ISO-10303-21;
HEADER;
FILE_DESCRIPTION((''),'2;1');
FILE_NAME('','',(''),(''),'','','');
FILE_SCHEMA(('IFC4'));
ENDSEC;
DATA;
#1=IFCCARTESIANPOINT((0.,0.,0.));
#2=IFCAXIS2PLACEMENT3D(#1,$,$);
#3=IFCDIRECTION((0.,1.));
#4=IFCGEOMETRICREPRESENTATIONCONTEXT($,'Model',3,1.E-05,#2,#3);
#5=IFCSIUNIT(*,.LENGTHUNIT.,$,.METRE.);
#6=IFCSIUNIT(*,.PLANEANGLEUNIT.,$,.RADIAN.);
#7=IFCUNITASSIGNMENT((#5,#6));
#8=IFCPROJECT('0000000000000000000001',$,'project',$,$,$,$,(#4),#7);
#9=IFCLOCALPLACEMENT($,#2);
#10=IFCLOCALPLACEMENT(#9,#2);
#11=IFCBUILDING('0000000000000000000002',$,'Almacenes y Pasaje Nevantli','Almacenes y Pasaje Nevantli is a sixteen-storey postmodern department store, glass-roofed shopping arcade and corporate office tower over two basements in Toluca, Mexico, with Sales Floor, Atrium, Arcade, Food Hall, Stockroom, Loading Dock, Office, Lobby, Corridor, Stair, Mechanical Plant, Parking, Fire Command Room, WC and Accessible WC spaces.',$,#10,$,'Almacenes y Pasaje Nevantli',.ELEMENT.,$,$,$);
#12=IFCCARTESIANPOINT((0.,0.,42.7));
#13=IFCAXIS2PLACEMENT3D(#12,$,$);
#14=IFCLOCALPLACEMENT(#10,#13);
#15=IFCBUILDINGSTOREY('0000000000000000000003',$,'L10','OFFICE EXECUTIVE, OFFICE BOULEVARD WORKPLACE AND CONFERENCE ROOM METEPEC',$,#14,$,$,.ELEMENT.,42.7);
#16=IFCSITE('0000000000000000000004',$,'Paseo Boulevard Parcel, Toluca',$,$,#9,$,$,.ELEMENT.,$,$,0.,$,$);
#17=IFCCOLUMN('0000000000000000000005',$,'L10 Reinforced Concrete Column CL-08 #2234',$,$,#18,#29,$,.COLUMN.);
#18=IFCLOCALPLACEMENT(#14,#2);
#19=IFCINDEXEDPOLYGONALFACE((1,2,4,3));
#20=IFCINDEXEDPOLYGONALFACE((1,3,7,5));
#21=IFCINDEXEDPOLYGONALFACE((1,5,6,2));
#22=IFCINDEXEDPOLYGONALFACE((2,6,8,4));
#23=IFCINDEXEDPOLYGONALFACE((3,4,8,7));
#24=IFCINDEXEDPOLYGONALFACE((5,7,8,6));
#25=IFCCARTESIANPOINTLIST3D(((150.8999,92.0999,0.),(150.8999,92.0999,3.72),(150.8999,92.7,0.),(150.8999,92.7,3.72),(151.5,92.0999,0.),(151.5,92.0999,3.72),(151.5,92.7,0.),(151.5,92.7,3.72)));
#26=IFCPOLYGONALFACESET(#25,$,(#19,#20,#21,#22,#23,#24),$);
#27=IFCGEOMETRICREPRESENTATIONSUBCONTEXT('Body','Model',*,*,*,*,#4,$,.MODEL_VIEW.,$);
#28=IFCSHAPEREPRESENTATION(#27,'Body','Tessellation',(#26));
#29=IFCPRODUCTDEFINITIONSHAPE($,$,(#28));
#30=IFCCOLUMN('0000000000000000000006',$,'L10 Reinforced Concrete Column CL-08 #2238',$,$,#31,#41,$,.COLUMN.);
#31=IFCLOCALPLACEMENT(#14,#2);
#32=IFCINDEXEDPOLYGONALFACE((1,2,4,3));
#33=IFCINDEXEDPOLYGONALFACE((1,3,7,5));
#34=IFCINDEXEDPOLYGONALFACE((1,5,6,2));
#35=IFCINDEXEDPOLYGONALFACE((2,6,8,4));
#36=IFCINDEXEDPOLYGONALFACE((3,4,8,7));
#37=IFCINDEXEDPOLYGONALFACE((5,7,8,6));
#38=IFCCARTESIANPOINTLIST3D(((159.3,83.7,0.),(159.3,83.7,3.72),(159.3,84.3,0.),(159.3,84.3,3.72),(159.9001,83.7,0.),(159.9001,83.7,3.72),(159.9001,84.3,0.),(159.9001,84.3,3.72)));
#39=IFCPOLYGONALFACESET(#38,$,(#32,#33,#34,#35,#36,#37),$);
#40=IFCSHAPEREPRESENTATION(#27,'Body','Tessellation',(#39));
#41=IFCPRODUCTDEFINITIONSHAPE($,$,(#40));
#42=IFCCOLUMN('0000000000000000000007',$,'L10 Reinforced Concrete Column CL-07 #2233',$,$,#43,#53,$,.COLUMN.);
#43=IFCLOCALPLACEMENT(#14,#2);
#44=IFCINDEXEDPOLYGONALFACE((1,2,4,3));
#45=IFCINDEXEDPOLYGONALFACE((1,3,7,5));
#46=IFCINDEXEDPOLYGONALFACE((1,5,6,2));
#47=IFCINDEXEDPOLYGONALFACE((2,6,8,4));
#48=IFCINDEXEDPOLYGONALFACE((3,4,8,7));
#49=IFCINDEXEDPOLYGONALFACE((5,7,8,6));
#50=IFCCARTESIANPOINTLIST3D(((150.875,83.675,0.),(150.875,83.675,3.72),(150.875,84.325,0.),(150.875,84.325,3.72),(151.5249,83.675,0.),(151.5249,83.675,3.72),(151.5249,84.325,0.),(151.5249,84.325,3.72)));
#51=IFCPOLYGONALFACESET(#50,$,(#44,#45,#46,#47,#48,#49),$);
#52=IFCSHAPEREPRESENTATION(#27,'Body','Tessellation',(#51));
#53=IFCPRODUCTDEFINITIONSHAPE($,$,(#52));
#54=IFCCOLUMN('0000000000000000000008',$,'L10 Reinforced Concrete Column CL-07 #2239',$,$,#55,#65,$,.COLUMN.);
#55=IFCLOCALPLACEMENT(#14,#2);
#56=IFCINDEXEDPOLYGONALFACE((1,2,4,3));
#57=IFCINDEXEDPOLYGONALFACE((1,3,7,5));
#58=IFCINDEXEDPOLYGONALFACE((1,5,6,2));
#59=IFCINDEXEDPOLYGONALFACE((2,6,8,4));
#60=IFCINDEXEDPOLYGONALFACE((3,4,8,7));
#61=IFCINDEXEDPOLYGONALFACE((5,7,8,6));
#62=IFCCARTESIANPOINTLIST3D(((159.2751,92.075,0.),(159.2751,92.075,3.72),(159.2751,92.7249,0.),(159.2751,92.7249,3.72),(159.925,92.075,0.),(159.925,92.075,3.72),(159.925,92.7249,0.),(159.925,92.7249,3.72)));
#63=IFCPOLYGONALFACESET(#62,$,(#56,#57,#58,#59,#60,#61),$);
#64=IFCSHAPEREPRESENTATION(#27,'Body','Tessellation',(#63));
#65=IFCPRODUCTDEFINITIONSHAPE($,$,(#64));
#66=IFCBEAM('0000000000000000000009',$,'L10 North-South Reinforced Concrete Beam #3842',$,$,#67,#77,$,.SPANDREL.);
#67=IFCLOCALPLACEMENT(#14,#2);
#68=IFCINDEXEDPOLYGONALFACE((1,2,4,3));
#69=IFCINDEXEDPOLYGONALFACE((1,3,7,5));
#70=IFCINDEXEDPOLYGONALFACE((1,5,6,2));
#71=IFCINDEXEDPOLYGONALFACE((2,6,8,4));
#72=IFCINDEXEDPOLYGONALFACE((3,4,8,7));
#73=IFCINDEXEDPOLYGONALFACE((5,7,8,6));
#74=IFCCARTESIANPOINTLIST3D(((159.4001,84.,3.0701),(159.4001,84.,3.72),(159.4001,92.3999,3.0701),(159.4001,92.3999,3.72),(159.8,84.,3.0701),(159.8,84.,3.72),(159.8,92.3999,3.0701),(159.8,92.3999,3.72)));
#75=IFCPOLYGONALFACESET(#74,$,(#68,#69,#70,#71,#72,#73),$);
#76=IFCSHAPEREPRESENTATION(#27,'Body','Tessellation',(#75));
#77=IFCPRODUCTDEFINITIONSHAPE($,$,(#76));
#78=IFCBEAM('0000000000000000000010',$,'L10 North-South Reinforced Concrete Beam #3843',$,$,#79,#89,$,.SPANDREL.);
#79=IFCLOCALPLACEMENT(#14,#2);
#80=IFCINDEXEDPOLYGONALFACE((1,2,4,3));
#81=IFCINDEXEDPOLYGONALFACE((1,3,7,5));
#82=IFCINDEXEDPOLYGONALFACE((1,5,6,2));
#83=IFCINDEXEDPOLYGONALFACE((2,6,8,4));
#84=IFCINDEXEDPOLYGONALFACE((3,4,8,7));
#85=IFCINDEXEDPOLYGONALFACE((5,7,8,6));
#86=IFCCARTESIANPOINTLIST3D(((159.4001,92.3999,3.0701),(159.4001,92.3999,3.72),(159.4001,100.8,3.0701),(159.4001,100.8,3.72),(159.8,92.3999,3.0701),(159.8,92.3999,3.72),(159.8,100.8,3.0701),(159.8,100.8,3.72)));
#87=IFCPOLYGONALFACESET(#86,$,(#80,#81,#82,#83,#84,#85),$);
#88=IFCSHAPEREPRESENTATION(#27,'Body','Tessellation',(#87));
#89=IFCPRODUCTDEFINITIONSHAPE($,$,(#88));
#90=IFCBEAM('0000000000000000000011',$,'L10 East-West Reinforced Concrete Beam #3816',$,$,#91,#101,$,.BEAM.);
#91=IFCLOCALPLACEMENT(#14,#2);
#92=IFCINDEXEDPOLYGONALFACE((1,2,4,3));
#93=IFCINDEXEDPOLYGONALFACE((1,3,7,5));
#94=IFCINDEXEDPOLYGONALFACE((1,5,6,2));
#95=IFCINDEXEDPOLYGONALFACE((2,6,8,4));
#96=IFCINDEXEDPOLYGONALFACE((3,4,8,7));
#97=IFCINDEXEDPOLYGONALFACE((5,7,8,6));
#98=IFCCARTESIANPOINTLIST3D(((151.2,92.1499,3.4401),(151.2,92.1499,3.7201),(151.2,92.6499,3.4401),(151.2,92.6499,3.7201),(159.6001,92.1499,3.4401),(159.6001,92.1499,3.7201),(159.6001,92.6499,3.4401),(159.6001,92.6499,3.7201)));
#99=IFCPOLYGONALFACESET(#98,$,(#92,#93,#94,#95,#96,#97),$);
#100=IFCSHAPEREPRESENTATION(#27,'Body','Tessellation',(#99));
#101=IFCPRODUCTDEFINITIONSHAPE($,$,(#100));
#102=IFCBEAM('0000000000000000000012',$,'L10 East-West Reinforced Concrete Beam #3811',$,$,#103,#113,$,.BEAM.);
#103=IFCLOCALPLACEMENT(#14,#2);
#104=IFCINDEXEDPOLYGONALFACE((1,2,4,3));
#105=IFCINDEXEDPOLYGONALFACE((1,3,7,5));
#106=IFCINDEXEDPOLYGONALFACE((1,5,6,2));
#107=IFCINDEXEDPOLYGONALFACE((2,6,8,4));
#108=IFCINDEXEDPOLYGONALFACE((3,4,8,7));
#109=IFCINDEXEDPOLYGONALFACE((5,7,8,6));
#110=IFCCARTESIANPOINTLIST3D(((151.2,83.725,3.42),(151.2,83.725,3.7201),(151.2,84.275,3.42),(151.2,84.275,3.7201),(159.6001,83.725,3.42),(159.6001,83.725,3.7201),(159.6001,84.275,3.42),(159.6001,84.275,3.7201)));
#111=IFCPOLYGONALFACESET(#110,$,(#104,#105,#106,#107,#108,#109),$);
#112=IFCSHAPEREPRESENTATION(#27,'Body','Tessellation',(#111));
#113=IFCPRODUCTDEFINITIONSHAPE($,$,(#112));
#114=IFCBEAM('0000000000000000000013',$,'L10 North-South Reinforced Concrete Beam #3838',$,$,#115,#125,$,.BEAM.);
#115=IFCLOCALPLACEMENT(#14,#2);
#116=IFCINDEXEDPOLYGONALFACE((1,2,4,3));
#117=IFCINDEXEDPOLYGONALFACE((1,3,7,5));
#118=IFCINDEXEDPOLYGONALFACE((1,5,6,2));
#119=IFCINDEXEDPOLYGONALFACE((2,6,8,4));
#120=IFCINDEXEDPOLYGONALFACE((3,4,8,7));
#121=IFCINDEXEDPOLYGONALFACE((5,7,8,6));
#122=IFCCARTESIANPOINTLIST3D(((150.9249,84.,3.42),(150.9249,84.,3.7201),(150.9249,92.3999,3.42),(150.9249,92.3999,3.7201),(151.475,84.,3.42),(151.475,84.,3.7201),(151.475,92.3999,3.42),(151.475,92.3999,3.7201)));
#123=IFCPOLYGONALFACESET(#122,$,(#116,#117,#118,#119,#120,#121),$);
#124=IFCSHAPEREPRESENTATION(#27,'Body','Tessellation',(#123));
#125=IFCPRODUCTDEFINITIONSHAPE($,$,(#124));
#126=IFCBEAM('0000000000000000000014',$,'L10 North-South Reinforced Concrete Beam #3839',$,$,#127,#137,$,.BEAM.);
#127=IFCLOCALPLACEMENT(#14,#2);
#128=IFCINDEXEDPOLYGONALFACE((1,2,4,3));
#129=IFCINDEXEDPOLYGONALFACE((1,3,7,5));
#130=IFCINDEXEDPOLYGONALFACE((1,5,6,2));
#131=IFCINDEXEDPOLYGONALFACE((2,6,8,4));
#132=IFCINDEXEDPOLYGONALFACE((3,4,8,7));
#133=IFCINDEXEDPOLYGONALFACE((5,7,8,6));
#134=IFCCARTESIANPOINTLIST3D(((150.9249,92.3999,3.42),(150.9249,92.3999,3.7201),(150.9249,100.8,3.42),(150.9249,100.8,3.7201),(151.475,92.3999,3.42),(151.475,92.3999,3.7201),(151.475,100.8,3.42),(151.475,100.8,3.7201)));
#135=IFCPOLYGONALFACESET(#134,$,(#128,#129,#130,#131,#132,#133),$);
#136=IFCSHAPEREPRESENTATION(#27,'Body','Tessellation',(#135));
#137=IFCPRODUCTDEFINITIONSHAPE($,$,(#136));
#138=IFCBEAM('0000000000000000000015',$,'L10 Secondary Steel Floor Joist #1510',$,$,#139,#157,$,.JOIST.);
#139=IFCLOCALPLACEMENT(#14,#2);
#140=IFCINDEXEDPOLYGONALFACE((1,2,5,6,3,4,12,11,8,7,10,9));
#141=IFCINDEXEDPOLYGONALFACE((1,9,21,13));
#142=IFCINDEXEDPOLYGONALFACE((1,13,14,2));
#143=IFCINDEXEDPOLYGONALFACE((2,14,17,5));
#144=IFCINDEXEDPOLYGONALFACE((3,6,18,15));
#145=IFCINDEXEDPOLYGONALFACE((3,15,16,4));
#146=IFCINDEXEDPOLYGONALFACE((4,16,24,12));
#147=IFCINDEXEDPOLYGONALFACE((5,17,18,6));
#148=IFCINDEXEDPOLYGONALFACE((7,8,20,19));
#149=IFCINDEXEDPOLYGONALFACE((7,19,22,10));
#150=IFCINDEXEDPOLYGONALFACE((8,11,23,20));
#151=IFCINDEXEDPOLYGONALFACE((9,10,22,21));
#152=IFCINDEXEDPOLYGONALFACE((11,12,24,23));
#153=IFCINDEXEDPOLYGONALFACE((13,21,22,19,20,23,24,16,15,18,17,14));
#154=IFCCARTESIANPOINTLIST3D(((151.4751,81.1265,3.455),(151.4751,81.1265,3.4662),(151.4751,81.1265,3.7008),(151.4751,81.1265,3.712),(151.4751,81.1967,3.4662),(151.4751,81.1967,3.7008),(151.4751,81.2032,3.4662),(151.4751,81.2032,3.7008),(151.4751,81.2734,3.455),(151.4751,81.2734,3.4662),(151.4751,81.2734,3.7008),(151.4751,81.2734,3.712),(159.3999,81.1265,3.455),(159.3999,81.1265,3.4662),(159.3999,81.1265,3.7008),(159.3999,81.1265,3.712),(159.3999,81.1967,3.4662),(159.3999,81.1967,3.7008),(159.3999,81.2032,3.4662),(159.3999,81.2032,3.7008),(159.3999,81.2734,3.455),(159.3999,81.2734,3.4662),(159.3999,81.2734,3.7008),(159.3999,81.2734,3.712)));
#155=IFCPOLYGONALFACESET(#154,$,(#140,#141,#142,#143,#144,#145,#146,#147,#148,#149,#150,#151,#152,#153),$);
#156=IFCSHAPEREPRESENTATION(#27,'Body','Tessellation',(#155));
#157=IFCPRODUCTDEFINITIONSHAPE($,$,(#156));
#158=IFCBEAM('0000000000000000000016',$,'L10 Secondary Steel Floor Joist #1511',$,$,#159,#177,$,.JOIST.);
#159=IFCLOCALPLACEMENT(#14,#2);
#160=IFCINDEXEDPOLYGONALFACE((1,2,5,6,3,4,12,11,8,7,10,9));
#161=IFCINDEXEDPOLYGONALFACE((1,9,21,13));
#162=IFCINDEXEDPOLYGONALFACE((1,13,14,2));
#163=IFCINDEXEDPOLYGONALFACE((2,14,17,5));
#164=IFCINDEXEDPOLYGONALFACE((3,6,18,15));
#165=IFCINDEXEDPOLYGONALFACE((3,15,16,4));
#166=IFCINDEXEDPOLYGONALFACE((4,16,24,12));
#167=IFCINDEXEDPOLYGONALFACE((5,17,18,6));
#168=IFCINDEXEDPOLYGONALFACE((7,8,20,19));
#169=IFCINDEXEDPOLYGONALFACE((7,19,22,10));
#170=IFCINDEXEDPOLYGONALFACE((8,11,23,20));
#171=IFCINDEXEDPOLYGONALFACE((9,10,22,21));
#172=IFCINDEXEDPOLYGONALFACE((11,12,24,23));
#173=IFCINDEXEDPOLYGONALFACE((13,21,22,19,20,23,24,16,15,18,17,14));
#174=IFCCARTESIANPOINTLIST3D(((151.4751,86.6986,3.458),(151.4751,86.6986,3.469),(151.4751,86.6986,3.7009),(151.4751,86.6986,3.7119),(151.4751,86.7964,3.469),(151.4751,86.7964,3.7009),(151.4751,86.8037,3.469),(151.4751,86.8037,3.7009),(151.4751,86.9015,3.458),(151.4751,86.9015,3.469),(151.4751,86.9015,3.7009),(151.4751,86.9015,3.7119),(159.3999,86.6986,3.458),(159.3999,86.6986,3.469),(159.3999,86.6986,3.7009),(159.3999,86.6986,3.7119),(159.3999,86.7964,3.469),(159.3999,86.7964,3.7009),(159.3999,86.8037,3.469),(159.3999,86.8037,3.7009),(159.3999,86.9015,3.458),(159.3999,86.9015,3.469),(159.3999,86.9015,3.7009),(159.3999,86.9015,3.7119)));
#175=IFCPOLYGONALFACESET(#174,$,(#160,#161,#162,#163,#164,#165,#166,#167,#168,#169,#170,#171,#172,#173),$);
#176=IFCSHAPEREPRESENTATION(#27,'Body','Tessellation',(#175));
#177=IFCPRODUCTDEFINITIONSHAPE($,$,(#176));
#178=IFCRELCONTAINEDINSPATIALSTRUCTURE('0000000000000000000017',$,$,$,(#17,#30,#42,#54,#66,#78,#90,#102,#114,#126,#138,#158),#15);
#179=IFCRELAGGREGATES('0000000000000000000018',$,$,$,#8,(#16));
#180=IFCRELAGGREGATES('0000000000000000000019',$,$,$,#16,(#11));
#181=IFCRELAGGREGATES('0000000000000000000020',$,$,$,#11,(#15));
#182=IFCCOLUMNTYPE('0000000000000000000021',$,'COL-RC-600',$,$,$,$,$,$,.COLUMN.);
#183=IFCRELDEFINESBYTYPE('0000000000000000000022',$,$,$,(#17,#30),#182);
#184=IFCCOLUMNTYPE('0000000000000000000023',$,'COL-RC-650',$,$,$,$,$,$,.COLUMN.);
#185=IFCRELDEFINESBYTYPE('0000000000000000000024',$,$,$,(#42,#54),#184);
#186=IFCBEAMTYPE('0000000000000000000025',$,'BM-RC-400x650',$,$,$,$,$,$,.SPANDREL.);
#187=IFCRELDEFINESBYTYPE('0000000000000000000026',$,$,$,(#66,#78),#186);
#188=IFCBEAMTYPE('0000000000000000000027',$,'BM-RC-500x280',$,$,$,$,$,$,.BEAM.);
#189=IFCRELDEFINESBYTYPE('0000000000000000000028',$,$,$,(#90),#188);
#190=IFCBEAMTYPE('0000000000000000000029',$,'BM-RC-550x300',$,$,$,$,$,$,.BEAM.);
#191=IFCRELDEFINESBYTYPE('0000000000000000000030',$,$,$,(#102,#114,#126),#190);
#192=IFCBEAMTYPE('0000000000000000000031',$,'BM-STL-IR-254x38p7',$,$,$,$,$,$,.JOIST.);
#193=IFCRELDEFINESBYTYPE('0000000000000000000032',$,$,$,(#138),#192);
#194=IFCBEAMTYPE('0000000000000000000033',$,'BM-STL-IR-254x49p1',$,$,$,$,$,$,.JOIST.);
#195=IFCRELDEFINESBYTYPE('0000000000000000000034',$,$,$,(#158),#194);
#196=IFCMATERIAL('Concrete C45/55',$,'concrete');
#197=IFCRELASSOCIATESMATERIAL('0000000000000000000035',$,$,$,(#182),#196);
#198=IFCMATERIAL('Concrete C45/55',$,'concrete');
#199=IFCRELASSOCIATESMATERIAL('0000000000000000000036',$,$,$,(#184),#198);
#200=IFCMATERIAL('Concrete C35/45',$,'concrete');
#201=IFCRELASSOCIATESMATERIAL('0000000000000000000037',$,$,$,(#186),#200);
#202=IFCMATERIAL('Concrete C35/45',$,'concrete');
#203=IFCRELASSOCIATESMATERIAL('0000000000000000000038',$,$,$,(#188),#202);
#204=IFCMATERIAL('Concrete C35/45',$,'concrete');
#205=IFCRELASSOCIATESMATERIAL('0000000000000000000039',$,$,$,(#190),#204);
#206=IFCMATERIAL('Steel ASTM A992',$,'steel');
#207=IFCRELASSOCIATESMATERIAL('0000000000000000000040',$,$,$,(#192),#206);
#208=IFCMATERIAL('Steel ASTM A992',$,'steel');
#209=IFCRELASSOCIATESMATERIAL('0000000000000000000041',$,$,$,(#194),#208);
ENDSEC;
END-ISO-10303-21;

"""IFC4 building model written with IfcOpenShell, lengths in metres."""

from ifc_helpers import new_model, si_unit, direction, frame, origin, origin_2d, place, context, subcontext, project, spatial, rectangle, i_section, extrude, material, material_profile, profile_set, type_object, element, save


model = new_model("IFC4")

# Units and contexts
model_context = context("Model", 3, precision=1e-05, world=origin(), true_north=direction((0.0, 1.0)))
body_context = subcontext(model_context, "Body", "Model", "MODEL_VIEW")
ifc_project = project(units=[si_unit("LENGTHUNIT", "METRE"), si_unit("PLANEANGLEUNIT", "RADIAN")], contexts=[model_context])

# Site, building, storey
site_placement = place(None, origin())
site = spatial("IfcSite", under=ifc_project, at=site_placement, Name="Paseo Boulevard Parcel, Toluca", CompositionType="ELEMENT", RefElevation=0.0)
building_placement = place(site_placement, origin())
building = spatial("IfcBuilding", under=site, at=building_placement, Name="Almacenes y Pasaje Nevantli", Description="Almacenes y Pasaje Nevantli is a sixteen-storey postmodern department store, glass-roofed shopping arcade and corporate office tower over two basements in Toluca, Mexico, with Sales Floor, Atrium, Arcade, Food Hall, Stockroom, Loading Dock, Office, Lobby, Corridor, Stair, Mechanical Plant, Parking, Fire Command Room, WC and Accessible WC spaces.", LongName="Almacenes y Pasaje Nevantli", CompositionType="ELEMENT")
storey_placement = place(building_placement, frame((0.0, 0.0, 42.7)))
storey = spatial("IfcBuildingStorey", under=building, at=storey_placement, Name="L10", Description="OFFICE EXECUTIVE, OFFICE BOULEVARD WORKPLACE AND CONFERENCE ROOM METEPEC", CompositionType="ELEMENT", Elevation=42.7)

# Columns
ifc_material_1 = material(Name="Concrete C45/55", Category="concrete")
ifc_material_profile_1 = material_profile(ifc_material_1, rectangle(XDim=0.6001, YDim=0.6001, at=origin_2d()), Name="RC-COL-600x600")
ifc_profile_set_1 = profile_set([ifc_material_profile_1], Name="Concrete C45/55")
column_type_1 = type_object("IfcColumnType", Name="COL-RC-600", PredefinedType="COLUMN", material=ifc_profile_set_1)
for number, where, z_axis, x_axis, name in (
    (1, (151.2, 92.3999, 0.0), (0.0, 0.0, 1.0), (1.0, 0.0, 0.0), "L10 Reinforced Concrete Column CL-08 #2234"),
    (2, (159.6001, 84.0, 0.0), (0.0, 0.0, 1.0), (1.0, 0.0, 0.0), "L10 Reinforced Concrete Column CL-08 #2238"),
):
    element("IfcColumn", number, at=place(storey_placement, frame(where, z_axis=z_axis, x_axis=x_axis)), inside=storey, type_object=column_type_1, Name=name, PredefinedType="COLUMN", context=body_context, shape_type="SweptSolid", body=[
        extrude(rectangle(XDim=0.6001, YDim=0.6001, at=origin_2d()), origin(), (0.0, 0.0, 1.0), 3.72),
    ])
ifc_material_2 = material(Name="Concrete C45/55", Category="concrete")
ifc_material_profile_2 = material_profile(ifc_material_2, rectangle(XDim=0.6499, YDim=0.6499, at=origin_2d()), Name="RC-COL-650x650")
ifc_profile_set_2 = profile_set([ifc_material_profile_2], Name="Concrete C45/55")
column_type_2 = type_object("IfcColumnType", Name="COL-RC-650", PredefinedType="COLUMN", material=ifc_profile_set_2)
for number, where, z_axis, x_axis, name in (
    (3, (151.2, 84.0, 0.0), (0.0, 0.0, 1.0), (1.0, 0.0, 0.0), "L10 Reinforced Concrete Column CL-07 #2233"),
    (4, (159.6001, 92.3999, 0.0), (0.0, 0.0, 1.0), (1.0, 0.0, 0.0), "L10 Reinforced Concrete Column CL-07 #2239"),
):
    element("IfcColumn", number, at=place(storey_placement, frame(where, z_axis=z_axis, x_axis=x_axis)), inside=storey, type_object=column_type_2, Name=name, PredefinedType="COLUMN", context=body_context, shape_type="SweptSolid", body=[
        extrude(rectangle(XDim=0.6499, YDim=0.6499, at=origin_2d()), origin(), (0.0, 0.0, 1.0), 3.72),
    ])

# Beams
ifc_material_3 = material(Name="Concrete C35/45", Category="concrete")
ifc_material_profile_3 = material_profile(ifc_material_3, rectangle(XDim=0.3999, YDim=0.6499, at=origin_2d()), Name="RC-BM-400x650")
ifc_profile_set_3 = profile_set([ifc_material_profile_3], Name="Concrete C35/45")
beam_type_1 = type_object("IfcBeamType", Name="BM-RC-400x650", PredefinedType="SPANDREL", material=ifc_profile_set_3)
beam_1_placement = place(storey_placement, frame((159.6001, 84.0, 3.395), z_axis=(0.0, 1.0, 0.0), x_axis=(-1.0, 0.0, 0.0)))
element("IfcBeam", 5, at=beam_1_placement, inside=storey, type_object=beam_type_1, Name="L10 North-South Reinforced Concrete Beam #3842", PredefinedType="SPANDREL", context=body_context, shape_type="SweptSolid", body=[
    extrude(rectangle(XDim=0.3999, YDim=0.6499, at=origin_2d()), origin(), (0.0, 0.0, 1.0), 8.3999),
])
beam_2_placement = place(storey_placement, frame((159.6001, 92.3999, 3.395), z_axis=(0.0, 1.0, 0.0), x_axis=(-1.0, 0.0, 0.0)))
element("IfcBeam", 6, at=beam_2_placement, inside=storey, type_object=beam_type_1, Name="L10 North-South Reinforced Concrete Beam #3843", PredefinedType="SPANDREL", context=body_context, shape_type="SweptSolid", body=[
    extrude(rectangle(XDim=0.3999, YDim=0.6499, at=origin_2d()), origin(), (0.0, 0.0, 1.0), 8.4001),
])
ifc_material_4 = material(Name="Concrete C35/45", Category="concrete")
ifc_material_profile_4 = material_profile(ifc_material_4, rectangle(XDim=0.5, YDim=0.28, at=origin_2d()), Name="RC-BM-500x280")
ifc_profile_set_4 = profile_set([ifc_material_profile_4], Name="Concrete C35/45")
beam_type_2 = type_object("IfcBeamType", Name="BM-RC-500x280", PredefinedType="BEAM", material=ifc_profile_set_4)
beam_3_placement = place(storey_placement, frame((151.2, 92.3999, 3.5801), z_axis=(1.0, 0.0, 0.0), x_axis=(0.0, 1.0, 0.0)))
element("IfcBeam", 7, at=beam_3_placement, inside=storey, type_object=beam_type_2, Name="L10 East-West Reinforced Concrete Beam #3816", PredefinedType="BEAM", context=body_context, shape_type="SweptSolid", body=[
    extrude(rectangle(XDim=0.5, YDim=0.28, at=origin_2d()), origin(), (0.0, 0.0, 1.0), 8.4001),
])
ifc_material_5 = material(Name="Concrete C35/45", Category="concrete")
ifc_material_profile_5 = material_profile(ifc_material_5, rectangle(XDim=0.55, YDim=0.3, at=origin_2d()), Name="RC-BM-550x300")
ifc_profile_set_5 = profile_set([ifc_material_profile_5], Name="Concrete C35/45")
beam_type_3 = type_object("IfcBeamType", Name="BM-RC-550x300", PredefinedType="BEAM", material=ifc_profile_set_5)
beam_4_placement = place(storey_placement, frame((151.2, 84.0, 3.5701), z_axis=(1.0, 0.0, 0.0), x_axis=(0.0, 1.0, 0.0)))
element("IfcBeam", 8, at=beam_4_placement, inside=storey, type_object=beam_type_3, Name="L10 East-West Reinforced Concrete Beam #3811", PredefinedType="BEAM", context=body_context, shape_type="SweptSolid", body=[
    extrude(rectangle(XDim=0.55, YDim=0.3, at=origin_2d()), origin(), (0.0, 0.0, 1.0), 8.4001),
])
beam_5_placement = place(storey_placement, frame((151.2, 84.0, 3.5701), z_axis=(0.0, 1.0, 0.0), x_axis=(-1.0, 0.0, 0.0)))
element("IfcBeam", 9, at=beam_5_placement, inside=storey, type_object=beam_type_3, Name="L10 North-South Reinforced Concrete Beam #3838", PredefinedType="BEAM", context=body_context, shape_type="SweptSolid", body=[
    extrude(rectangle(XDim=0.55, YDim=0.3, at=origin_2d()), origin(), (0.0, 0.0, 1.0), 8.3999),
])
beam_6_placement = place(storey_placement, frame((151.2, 92.3999, 3.5701), z_axis=(0.0, 1.0, 0.0), x_axis=(-1.0, 0.0, 0.0)))
element("IfcBeam", 10, at=beam_6_placement, inside=storey, type_object=beam_type_3, Name="L10 North-South Reinforced Concrete Beam #3839", PredefinedType="BEAM", context=body_context, shape_type="SweptSolid", body=[
    extrude(rectangle(XDim=0.55, YDim=0.3, at=origin_2d()), origin(), (0.0, 0.0, 1.0), 8.4001),
])
ifc_material_6 = material(Name="Steel ASTM A992", Category="steel")
ifc_material_profile_6 = material_profile(ifc_material_6, i_section(OverallWidth=0.147, OverallDepth=0.2571, WebThickness=0.0066, FlangeThickness=0.0112, at=origin_2d()), Name="IR 254x38.7")
ifc_profile_set_6 = profile_set([ifc_material_profile_6], Name="Steel ASTM A992")
beam_type_4 = type_object("IfcBeamType", Name="BM-STL-IR-254x38p7", PredefinedType="JOIST", material=ifc_profile_set_6)
beam_7_placement = place(storey_placement, frame((151.4751, 81.2, 3.5835), z_axis=(1.0, 0.0, 0.0), x_axis=(0.0, 1.0, 0.0)))
element("IfcBeam", 11, at=beam_7_placement, inside=storey, type_object=beam_type_4, Name="L10 Secondary Steel Floor Joist #1510", PredefinedType="JOIST", context=body_context, shape_type="SweptSolid", body=[
    extrude(i_section(OverallWidth=0.147, OverallDepth=0.2571, WebThickness=0.0066, FlangeThickness=0.0112, at=origin_2d()), origin(), (0.0, 0.0, 1.0), 7.9248),
])
ifc_material_7 = material(Name="Steel ASTM A992", Category="steel")
ifc_material_profile_7 = material_profile(ifc_material_7, i_section(OverallWidth=0.2029, OverallDepth=0.2539, WebThickness=0.0073, FlangeThickness=0.011, at=origin_2d()), Name="IR 254x49.1")
ifc_profile_set_7 = profile_set([ifc_material_profile_7], Name="Steel ASTM A992")
beam_type_5 = type_object("IfcBeamType", Name="BM-STL-IR-254x49p1", PredefinedType="JOIST", material=ifc_profile_set_7)
for number, where, z_axis, x_axis, name in (
    (12, (151.4751, 86.8, 3.585), (1.0, 0.0, 0.0), (0.0, 1.0, 0.0), "L10 Secondary Steel Floor Joist #1511"),
):
    element("IfcBeam", number, at=place(storey_placement, frame(where, z_axis=z_axis, x_axis=x_axis)), inside=storey, type_object=beam_type_5, Name=name, PredefinedType="JOIST", context=body_context, shape_type="SweptSolid", body=[
        extrude(i_section(OverallWidth=0.2029, OverallDepth=0.2539, WebThickness=0.0073, FlangeThickness=0.011, at=origin_2d()), origin(), (0.0, 0.0, 1.0), 7.9248),
    ])

save(model, "model.ifc")
